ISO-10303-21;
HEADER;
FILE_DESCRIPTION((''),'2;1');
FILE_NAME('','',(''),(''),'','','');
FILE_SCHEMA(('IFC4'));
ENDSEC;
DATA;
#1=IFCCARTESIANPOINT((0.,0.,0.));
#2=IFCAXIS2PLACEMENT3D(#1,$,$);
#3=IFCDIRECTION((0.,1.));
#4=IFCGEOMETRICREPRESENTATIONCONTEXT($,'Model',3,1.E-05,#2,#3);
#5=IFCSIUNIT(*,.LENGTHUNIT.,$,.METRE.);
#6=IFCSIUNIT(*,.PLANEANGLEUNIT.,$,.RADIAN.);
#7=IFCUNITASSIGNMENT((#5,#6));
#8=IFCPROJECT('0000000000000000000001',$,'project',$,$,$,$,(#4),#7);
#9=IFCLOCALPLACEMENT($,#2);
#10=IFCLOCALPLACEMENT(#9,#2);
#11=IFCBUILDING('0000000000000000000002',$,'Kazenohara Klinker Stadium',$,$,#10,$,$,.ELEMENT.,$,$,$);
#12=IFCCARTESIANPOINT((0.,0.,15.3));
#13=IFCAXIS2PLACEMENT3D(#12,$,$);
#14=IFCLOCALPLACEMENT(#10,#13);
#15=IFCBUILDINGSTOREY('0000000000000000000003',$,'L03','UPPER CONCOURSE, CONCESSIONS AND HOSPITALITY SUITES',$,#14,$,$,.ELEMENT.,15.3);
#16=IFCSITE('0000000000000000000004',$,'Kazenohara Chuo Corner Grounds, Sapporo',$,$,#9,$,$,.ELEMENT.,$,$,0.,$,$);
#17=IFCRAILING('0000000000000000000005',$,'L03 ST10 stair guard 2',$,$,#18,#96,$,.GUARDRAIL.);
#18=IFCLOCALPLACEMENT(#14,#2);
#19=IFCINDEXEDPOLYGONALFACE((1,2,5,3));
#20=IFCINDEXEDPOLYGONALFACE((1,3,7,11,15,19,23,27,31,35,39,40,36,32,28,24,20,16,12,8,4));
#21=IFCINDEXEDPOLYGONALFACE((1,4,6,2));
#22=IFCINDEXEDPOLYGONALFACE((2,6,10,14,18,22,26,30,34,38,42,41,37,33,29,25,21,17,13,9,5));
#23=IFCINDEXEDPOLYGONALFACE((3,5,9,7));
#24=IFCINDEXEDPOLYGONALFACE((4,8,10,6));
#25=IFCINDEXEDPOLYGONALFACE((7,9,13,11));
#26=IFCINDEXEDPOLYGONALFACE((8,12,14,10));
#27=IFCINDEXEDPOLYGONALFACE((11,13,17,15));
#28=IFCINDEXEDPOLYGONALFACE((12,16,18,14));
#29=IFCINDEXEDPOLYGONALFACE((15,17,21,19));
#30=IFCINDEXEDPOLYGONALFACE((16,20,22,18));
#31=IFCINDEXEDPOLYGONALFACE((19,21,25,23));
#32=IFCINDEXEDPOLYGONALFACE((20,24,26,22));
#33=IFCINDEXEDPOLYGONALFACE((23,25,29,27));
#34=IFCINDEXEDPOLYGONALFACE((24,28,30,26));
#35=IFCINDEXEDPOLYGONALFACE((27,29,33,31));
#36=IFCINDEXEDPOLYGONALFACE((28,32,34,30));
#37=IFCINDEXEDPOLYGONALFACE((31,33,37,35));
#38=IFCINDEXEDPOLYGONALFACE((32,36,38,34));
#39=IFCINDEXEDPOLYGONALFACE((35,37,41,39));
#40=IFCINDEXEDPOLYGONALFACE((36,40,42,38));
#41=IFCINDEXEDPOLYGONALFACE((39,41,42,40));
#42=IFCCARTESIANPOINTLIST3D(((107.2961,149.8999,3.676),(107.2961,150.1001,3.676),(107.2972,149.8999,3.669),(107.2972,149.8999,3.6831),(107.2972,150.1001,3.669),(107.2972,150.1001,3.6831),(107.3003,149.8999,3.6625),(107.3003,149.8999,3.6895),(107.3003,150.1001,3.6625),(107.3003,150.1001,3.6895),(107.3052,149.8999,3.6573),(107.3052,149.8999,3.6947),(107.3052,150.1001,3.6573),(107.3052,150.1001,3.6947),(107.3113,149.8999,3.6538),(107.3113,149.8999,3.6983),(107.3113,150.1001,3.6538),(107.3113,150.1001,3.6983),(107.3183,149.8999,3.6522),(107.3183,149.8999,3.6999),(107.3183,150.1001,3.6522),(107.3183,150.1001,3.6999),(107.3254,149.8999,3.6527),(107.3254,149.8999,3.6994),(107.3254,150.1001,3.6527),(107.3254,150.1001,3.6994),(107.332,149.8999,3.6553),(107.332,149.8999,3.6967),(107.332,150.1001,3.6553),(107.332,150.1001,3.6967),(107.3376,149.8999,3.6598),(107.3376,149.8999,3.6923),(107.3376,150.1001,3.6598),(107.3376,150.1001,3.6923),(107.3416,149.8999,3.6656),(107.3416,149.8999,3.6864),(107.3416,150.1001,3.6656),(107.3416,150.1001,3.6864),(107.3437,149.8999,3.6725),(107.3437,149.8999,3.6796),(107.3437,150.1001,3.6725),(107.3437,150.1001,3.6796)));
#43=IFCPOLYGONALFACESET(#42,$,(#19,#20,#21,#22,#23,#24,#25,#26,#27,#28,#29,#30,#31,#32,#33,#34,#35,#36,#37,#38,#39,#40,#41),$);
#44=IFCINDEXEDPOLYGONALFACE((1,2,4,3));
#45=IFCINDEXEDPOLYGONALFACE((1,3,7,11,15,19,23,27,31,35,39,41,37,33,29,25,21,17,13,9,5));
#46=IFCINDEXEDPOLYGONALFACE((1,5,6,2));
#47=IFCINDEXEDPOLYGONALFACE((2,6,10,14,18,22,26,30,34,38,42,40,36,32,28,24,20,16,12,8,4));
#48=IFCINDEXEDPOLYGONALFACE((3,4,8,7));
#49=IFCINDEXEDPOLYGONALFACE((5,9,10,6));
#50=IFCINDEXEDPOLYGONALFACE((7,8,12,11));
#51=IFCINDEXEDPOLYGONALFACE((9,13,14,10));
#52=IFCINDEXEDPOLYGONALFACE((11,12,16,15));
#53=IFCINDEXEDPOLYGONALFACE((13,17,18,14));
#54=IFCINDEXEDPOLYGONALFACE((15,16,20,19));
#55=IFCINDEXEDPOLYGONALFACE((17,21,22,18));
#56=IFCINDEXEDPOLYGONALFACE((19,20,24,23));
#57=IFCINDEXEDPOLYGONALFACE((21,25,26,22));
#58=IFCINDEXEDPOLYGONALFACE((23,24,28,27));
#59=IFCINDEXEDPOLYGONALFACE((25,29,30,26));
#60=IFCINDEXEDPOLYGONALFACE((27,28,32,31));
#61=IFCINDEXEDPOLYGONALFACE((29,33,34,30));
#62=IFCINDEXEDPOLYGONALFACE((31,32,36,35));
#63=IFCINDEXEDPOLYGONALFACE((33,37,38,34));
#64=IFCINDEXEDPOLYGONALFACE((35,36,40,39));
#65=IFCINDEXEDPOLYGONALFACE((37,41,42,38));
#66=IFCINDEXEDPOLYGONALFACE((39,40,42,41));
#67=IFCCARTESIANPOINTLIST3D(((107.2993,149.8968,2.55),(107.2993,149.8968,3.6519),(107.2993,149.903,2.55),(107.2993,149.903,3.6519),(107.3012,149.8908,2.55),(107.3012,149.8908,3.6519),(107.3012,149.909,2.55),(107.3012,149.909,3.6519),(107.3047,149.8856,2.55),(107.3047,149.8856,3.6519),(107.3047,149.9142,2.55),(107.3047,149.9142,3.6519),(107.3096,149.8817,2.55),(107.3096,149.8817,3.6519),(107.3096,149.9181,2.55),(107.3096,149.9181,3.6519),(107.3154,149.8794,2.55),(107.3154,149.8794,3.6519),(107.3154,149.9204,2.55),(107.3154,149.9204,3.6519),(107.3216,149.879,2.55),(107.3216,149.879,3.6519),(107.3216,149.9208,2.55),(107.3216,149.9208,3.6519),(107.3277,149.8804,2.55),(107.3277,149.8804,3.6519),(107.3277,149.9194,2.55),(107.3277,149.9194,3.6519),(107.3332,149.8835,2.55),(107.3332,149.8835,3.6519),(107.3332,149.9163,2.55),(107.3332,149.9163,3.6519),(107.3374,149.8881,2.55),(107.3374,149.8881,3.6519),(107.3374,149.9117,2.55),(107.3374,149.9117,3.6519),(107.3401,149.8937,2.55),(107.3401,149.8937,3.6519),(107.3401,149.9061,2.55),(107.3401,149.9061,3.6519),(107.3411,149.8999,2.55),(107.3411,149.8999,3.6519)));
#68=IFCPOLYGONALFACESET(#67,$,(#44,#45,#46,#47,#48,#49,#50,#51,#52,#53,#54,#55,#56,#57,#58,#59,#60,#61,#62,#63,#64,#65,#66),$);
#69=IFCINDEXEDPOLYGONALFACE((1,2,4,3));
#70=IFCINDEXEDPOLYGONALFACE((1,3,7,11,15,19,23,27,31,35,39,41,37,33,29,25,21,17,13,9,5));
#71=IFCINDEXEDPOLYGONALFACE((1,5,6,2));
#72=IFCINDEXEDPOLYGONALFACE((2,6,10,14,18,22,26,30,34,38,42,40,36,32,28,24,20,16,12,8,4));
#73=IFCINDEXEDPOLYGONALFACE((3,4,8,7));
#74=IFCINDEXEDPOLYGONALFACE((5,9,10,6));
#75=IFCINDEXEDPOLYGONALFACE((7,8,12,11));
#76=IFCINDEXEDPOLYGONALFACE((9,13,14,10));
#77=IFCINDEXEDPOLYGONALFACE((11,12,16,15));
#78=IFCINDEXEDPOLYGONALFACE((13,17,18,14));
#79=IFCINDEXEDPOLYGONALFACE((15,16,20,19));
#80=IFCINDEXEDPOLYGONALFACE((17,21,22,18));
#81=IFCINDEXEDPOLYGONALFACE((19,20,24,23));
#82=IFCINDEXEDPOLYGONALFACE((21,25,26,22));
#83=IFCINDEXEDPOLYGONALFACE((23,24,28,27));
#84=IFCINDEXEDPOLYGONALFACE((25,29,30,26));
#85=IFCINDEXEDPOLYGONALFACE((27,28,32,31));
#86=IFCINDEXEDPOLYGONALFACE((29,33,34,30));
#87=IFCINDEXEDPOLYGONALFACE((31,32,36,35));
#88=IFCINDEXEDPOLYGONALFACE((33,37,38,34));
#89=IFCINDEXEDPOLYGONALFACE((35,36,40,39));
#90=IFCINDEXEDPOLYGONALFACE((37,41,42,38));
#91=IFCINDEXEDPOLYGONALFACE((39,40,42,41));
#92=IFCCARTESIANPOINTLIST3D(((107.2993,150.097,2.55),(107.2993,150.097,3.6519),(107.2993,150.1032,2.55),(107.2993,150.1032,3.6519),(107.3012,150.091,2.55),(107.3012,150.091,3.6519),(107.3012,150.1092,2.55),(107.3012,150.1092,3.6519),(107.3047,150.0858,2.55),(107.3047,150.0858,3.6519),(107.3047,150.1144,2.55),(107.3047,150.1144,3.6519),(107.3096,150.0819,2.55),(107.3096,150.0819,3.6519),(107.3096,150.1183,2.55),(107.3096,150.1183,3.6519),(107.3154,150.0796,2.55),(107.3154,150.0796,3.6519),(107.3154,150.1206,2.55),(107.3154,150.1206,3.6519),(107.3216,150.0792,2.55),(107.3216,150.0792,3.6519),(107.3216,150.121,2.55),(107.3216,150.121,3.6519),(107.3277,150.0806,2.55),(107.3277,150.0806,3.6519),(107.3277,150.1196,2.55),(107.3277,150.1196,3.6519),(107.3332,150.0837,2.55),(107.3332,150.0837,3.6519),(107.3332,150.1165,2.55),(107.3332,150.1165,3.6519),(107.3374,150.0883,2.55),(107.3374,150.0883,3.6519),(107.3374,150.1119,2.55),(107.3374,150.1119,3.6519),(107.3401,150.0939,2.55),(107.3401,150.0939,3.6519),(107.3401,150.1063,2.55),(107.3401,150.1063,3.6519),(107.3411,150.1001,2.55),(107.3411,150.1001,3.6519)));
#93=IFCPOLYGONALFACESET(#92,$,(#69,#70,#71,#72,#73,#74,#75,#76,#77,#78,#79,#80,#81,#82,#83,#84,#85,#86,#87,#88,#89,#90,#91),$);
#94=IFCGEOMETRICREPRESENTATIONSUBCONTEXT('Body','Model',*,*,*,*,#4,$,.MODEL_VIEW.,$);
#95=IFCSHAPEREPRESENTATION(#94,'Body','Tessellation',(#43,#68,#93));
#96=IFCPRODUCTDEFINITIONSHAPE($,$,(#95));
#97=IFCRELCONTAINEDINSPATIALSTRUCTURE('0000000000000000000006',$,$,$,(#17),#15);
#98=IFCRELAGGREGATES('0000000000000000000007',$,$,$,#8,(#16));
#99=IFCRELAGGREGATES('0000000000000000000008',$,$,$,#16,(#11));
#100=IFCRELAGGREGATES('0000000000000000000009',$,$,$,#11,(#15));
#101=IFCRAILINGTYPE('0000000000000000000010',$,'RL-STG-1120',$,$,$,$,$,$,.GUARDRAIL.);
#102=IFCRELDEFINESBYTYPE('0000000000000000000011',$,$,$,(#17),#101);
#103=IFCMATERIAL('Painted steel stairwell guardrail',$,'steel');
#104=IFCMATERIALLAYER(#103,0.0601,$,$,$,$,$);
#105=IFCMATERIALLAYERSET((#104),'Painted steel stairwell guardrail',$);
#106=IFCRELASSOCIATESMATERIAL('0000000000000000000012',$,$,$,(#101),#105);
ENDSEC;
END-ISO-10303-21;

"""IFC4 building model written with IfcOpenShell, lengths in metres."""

from ifc_helpers import new_model, si_unit, direction, frame, origin, origin_2d, place, context, subcontext, project, spatial, circle, extrude, material, layer, layer_set, type_object, element, save


model = new_model("IFC4")

# Units and contexts
model_context = context("Model", 3, precision=1e-05, world=origin(), true_north=direction((0.0, 1.0)))
body_context = subcontext(model_context, "Body", "Model", "MODEL_VIEW")
ifc_project = project(units=[si_unit("LENGTHUNIT", "METRE"), si_unit("PLANEANGLEUNIT", "RADIAN")], contexts=[model_context])

# Site, building, storey
site_placement = place(None, origin())
site = spatial("IfcSite", under=ifc_project, at=site_placement, Name="Kazenohara Chuo Corner Grounds, Sapporo", CompositionType="ELEMENT", RefElevation=0.0)
building_placement = place(site_placement, origin())
building = spatial("IfcBuilding", under=site, at=building_placement, Name="Kazenohara Klinker Stadium", CompositionType="ELEMENT")
storey_placement = place(building_placement, frame((0.0, 0.0, 15.3)))
storey = spatial("IfcBuildingStorey", under=building, at=storey_placement, Name="L03", Description="UPPER CONCOURSE, CONCESSIONS AND HOSPITALITY SUITES", CompositionType="ELEMENT", Elevation=15.3)

# Railing
ifc_material_1 = material(Name="Painted steel stairwell guardrail", Category="steel")
ifc_layer_1 = layer(ifc_material_1, 0.0601)
ifc_layer_set_1 = layer_set([ifc_layer_1], Name="Painted steel stairwell guardrail")
railing_type_1 = type_object("IfcRailingType", Name="RL-STG-1120", PredefinedType="GUARDRAIL", material=ifc_layer_set_1)
railing_1_placement = place(storey_placement, frame((107.3201, 149.8999, 2.55)))
element("IfcRailing", 1, at=railing_1_placement, inside=storey, type_object=railing_type_1, Name="L03 ST10 stair guard 2", PredefinedType="GUARDRAIL", context=body_context, shape_type="SweptSolid", body=[
    extrude(circle(Radius=0.0239, at=origin_2d()), frame((0.0, 0.0, 1.126), z_axis=(0.0, 1.0, 0.0), x_axis=(-1.0, 0.0, 0.0)), (0.0, 0.0, 1.0), 0.2002),
    extrude(circle(Radius=0.021, at=origin_2d()), origin(), (0.0, 0.0, 1.0), 1.1018),
    extrude(circle(Radius=0.021, at=origin_2d()), frame((0.0, 0.2002, 0.0)), (0.0, 0.0, 1.0), 1.1018),
])

save(model, "model.ifc")
